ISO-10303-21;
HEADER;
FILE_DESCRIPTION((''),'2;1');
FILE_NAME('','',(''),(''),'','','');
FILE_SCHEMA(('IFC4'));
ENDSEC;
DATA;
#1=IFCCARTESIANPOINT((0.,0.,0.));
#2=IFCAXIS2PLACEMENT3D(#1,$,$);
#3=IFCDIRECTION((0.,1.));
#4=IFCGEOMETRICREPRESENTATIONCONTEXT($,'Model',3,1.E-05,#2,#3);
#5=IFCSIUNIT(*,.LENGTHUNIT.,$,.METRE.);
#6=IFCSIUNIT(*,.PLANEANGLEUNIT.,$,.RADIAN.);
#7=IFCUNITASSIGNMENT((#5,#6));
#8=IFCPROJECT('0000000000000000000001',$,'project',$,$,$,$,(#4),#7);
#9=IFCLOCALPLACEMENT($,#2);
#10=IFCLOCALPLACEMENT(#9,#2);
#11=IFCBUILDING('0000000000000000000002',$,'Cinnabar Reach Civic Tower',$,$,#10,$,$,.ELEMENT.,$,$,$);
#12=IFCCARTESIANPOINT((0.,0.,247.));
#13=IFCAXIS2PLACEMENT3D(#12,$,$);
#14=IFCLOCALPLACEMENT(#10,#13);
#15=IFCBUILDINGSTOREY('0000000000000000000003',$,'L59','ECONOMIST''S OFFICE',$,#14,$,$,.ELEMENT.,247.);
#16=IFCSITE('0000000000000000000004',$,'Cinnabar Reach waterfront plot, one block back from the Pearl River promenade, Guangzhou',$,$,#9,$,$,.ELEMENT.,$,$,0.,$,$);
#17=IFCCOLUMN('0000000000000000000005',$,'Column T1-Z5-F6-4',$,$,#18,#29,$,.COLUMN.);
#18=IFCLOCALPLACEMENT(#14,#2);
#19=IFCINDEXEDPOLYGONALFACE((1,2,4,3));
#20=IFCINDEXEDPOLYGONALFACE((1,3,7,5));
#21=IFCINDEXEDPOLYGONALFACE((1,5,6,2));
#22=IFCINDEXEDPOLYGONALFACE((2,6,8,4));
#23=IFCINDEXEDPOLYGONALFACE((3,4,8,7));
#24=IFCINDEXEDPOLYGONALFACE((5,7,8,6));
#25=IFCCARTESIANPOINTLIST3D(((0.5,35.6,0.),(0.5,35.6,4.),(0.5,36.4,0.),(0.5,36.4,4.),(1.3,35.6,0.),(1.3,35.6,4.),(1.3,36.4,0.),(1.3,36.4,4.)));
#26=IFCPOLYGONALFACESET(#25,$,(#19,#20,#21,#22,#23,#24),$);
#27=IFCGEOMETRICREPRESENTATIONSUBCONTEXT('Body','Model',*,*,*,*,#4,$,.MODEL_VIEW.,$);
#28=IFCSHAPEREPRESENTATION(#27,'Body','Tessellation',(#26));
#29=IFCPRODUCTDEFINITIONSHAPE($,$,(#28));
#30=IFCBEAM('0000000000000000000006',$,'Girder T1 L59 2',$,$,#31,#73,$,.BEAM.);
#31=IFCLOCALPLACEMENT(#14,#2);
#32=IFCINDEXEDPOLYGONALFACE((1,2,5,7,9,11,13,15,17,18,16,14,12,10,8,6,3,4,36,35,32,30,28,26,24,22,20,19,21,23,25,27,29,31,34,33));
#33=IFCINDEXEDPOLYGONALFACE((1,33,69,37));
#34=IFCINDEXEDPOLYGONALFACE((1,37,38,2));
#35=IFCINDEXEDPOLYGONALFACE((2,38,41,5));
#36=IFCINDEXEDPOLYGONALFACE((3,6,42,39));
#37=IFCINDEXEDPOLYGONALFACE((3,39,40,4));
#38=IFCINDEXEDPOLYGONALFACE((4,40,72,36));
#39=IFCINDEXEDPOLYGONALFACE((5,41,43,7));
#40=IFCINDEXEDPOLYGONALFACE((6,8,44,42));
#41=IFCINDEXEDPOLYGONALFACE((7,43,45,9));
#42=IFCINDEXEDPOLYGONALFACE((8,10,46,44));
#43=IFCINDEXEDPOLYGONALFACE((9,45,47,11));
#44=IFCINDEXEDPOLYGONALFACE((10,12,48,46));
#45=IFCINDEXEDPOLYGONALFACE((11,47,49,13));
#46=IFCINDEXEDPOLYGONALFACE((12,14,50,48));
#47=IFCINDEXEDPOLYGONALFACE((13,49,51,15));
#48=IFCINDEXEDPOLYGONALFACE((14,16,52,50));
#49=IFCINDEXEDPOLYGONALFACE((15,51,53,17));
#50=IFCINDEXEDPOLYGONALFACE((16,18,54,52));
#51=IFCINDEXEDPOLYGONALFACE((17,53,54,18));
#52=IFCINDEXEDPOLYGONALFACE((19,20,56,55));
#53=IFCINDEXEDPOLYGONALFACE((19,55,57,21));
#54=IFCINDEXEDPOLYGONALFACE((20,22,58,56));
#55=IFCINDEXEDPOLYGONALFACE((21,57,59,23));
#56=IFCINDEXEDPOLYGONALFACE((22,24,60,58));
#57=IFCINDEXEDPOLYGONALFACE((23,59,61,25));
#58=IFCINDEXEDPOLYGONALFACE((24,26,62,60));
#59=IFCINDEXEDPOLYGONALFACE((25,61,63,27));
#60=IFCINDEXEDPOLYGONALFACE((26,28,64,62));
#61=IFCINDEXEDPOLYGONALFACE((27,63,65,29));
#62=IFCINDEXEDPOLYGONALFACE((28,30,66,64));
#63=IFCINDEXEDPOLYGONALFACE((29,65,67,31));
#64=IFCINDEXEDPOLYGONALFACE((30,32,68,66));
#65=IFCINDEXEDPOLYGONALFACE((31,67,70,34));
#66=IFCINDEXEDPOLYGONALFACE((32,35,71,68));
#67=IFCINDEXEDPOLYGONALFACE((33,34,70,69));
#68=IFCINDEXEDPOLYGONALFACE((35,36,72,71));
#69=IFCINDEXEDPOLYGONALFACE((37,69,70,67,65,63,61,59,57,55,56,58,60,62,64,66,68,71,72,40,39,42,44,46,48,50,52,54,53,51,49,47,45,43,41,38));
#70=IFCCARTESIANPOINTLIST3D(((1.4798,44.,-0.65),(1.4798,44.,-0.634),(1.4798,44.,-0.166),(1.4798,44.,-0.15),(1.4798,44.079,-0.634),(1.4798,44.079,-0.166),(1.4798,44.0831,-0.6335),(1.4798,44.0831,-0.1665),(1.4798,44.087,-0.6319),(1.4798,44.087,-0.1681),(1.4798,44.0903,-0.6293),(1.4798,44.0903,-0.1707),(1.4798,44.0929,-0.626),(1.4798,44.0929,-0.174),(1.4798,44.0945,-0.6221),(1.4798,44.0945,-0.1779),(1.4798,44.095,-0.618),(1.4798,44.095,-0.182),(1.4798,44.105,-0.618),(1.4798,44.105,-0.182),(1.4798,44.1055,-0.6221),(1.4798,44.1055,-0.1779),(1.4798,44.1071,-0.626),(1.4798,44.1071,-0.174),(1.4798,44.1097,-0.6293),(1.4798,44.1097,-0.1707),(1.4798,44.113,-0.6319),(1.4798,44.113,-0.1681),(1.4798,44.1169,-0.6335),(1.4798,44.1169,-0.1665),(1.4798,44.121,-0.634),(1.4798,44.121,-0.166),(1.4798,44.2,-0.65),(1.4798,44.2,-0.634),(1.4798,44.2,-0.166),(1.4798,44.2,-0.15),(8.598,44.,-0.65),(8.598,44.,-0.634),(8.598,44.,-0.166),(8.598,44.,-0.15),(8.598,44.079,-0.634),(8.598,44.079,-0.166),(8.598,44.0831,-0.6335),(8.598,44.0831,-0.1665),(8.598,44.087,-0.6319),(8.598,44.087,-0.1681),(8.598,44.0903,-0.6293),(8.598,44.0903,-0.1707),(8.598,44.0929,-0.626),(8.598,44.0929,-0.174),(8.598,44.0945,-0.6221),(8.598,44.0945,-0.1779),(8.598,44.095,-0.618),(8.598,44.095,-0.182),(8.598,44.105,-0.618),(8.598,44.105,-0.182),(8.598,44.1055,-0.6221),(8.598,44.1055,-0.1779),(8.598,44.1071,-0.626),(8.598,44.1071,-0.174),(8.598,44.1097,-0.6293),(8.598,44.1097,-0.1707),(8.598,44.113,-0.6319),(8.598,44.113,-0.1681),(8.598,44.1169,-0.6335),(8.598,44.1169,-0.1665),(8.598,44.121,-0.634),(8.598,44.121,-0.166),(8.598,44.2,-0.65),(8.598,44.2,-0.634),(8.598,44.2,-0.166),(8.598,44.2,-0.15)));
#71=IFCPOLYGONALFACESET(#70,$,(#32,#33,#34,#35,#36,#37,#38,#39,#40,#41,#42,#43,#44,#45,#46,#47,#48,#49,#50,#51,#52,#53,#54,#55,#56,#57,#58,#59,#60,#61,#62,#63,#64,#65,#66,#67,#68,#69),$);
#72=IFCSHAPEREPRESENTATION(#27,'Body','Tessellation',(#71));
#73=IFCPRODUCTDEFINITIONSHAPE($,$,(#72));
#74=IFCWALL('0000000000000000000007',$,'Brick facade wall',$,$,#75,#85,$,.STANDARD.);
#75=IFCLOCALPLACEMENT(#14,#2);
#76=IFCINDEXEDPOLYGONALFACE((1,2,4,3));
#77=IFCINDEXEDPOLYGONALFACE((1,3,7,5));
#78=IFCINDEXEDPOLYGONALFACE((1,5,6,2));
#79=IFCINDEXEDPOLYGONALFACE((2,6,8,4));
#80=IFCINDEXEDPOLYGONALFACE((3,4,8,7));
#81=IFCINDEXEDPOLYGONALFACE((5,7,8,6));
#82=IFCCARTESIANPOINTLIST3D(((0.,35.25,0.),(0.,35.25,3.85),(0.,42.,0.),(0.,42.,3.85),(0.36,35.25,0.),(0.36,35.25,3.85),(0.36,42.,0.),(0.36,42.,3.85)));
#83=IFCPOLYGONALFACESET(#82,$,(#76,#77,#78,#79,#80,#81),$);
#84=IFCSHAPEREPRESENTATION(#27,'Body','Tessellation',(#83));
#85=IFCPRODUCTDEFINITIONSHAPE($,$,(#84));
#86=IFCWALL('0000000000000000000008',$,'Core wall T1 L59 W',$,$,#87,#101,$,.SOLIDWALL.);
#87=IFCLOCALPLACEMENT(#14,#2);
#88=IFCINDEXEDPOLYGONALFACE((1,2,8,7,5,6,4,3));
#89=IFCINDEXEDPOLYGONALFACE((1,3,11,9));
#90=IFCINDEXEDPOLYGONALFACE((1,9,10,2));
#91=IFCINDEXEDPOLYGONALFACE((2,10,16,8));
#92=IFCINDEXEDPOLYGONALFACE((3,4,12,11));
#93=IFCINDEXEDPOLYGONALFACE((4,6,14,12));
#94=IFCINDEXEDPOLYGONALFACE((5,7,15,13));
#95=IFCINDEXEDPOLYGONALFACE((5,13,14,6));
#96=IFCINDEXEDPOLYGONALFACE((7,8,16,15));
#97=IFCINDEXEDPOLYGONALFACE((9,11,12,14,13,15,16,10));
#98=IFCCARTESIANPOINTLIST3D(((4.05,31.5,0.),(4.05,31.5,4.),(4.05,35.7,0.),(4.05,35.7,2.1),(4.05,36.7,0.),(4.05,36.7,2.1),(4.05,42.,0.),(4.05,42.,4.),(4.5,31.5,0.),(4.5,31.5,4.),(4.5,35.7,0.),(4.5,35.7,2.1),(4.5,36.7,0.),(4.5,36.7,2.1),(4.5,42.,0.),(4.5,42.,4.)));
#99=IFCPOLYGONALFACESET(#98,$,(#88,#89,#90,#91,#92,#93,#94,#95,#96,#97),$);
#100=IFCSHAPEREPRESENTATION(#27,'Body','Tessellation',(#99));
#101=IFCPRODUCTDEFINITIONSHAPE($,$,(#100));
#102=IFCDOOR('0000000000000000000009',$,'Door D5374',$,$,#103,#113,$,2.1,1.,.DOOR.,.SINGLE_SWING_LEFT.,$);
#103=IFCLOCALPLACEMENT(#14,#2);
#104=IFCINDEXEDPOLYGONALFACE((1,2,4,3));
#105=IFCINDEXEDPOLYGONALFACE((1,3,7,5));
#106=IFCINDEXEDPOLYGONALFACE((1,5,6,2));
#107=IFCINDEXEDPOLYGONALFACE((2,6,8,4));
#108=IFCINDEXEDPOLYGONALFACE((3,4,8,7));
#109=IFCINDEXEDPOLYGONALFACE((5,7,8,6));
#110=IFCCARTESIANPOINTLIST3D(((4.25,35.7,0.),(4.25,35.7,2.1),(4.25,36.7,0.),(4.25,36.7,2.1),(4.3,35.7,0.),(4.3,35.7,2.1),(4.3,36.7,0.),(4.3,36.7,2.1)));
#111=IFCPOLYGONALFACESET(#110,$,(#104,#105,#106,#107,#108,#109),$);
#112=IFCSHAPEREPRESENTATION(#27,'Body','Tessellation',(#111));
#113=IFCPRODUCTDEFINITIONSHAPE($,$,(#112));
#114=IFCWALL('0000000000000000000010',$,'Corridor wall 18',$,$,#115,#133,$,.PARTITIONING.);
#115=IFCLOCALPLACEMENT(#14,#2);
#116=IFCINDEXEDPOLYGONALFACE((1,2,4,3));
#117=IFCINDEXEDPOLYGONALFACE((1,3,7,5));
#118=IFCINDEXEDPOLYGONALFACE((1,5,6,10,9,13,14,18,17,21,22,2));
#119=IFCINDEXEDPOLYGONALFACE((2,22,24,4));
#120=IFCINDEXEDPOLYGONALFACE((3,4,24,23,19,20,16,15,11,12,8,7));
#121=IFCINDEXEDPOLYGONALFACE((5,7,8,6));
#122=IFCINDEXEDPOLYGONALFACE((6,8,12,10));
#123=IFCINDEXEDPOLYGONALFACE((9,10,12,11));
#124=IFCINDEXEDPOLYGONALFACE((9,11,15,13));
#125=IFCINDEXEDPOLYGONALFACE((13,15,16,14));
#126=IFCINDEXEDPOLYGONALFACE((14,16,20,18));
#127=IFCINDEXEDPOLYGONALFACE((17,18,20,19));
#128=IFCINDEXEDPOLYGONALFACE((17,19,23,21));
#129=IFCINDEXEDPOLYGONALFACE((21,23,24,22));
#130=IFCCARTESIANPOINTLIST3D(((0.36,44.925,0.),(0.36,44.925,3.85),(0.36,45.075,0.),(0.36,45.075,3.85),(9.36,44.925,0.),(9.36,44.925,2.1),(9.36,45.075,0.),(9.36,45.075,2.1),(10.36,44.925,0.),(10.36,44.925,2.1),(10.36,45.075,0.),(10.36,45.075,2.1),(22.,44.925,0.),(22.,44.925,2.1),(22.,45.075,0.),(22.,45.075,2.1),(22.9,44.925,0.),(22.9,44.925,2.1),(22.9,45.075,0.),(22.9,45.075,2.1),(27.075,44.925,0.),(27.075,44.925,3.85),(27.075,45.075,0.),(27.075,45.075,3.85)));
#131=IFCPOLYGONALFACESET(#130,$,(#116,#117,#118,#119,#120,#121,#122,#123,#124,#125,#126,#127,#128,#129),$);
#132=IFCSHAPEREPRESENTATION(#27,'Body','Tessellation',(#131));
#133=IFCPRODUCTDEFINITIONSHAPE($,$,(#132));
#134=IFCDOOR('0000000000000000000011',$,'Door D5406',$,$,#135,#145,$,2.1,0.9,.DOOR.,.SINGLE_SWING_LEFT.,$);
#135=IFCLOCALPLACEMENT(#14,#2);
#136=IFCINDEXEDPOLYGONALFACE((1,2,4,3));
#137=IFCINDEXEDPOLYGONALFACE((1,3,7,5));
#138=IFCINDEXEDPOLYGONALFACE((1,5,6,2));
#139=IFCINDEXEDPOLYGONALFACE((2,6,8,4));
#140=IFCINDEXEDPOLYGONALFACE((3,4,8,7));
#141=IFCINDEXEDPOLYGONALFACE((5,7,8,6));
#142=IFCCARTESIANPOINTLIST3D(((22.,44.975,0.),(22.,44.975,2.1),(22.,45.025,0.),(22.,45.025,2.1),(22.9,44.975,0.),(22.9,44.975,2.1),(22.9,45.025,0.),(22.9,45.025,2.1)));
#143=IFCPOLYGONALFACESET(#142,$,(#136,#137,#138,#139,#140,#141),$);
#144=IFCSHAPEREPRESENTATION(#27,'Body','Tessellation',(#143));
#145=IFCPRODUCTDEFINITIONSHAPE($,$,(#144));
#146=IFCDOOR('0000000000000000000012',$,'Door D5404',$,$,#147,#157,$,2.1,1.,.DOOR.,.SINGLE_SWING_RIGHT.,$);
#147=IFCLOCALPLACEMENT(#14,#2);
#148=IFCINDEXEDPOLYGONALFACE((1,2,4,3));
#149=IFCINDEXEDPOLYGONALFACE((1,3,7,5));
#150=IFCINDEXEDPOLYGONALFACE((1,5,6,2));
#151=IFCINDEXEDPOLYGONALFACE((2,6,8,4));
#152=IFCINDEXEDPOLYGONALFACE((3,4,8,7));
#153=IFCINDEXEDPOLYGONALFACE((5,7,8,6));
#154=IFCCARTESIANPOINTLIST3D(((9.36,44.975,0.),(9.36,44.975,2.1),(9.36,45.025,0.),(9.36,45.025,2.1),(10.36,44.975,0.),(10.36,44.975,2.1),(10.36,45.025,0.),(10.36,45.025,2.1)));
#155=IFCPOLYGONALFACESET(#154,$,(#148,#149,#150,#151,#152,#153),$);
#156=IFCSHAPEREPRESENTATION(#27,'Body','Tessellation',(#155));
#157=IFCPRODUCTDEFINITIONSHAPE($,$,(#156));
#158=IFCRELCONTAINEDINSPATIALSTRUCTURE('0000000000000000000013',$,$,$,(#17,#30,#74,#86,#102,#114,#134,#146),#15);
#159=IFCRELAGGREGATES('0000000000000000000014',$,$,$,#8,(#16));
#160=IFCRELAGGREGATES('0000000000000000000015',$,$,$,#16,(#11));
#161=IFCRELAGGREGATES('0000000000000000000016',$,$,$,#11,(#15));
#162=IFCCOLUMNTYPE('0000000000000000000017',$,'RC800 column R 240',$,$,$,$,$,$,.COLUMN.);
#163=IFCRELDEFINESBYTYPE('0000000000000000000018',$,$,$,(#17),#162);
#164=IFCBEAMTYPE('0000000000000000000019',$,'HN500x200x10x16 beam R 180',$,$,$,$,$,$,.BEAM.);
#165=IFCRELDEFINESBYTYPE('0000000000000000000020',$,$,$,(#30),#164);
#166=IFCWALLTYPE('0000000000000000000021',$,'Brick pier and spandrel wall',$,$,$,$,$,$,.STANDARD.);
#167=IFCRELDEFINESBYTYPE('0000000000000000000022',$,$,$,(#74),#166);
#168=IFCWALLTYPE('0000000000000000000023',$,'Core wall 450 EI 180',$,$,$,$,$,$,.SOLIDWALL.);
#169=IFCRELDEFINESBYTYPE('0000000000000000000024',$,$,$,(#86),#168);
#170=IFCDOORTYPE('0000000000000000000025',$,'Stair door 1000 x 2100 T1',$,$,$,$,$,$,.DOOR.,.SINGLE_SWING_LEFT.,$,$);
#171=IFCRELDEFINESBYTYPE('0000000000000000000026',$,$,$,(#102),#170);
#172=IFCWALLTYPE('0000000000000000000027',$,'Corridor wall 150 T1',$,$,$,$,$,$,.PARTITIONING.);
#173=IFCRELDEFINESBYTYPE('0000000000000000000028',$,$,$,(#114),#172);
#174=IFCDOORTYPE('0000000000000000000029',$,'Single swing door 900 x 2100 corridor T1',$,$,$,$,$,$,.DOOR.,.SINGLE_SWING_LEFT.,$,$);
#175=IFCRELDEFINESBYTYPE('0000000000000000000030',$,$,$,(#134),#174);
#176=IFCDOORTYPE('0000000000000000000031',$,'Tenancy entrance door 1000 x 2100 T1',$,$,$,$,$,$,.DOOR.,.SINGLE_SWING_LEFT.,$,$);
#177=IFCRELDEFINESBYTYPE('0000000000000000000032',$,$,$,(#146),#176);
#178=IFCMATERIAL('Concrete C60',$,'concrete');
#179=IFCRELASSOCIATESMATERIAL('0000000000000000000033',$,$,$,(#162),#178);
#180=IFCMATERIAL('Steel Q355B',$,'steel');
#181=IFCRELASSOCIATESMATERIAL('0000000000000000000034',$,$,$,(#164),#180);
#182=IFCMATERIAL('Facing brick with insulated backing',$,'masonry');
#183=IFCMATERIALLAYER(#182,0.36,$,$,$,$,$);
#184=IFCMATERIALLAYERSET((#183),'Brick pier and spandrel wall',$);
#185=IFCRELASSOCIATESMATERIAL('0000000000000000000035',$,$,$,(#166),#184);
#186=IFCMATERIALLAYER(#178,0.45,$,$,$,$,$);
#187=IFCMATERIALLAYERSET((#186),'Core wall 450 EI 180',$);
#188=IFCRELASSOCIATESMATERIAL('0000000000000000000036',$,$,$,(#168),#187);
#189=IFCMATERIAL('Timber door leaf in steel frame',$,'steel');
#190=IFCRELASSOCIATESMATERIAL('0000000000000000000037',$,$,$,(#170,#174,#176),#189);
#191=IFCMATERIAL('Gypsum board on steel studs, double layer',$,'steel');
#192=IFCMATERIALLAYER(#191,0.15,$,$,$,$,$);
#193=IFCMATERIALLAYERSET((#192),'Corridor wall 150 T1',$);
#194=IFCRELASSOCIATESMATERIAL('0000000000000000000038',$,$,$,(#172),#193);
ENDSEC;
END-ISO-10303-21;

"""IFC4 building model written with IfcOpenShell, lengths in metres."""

from ifc_helpers import new_model, si_unit, direction, frame, frame_2d, origin, origin_2d, place, context, subcontext, project, spatial, rectangle, i_section, extrude, material, layer, layer_set, material_profile, profile_set, type_object, element, fill, save


model = new_model("IFC4")

# Units and contexts
model_context = context("Model", 3, precision=1e-05, world=origin(), true_north=direction((0.0, 1.0)))
body_context = subcontext(model_context, "Body", "Model", "MODEL_VIEW")
ifc_project = project(units=[si_unit("LENGTHUNIT", "METRE"), si_unit("PLANEANGLEUNIT", "RADIAN")], contexts=[model_context])

# Site, building, storey
site_placement = place(None, origin())
site = spatial("IfcSite", under=ifc_project, at=site_placement, Name="Cinnabar Reach waterfront plot, one block back from the Pearl River promenade, Guangzhou", CompositionType="ELEMENT", RefElevation=0.0)
building_placement = place(site_placement, origin())
building = spatial("IfcBuilding", under=site, at=building_placement, Name="Cinnabar Reach Civic Tower", CompositionType="ELEMENT")
storey_placement = place(building_placement, frame((0.0, 0.0, 247.0)))
storey = spatial("IfcBuildingStorey", under=building, at=storey_placement, Name="L59", Description="ECONOMIST'S OFFICE", CompositionType="ELEMENT", Elevation=247.0)

# Column
ifc_material_1 = material(Name="Concrete C60", Category="concrete")
ifc_material_profile_1 = material_profile(ifc_material_1, rectangle(XDim=0.8, YDim=0.8, at=origin_2d()), Name="RC800")
ifc_profile_set_1 = profile_set([ifc_material_profile_1], Name="Concrete C60")
column_type = type_object("IfcColumnType", Name="RC800 column R 240", PredefinedType="COLUMN", material=ifc_profile_set_1)
column_placement = place(storey_placement, frame((0.9, 36.0, 0.0), z_axis=(0.0, 0.0, 1.0), x_axis=(1.0, 0.0, 0.0)))
element("IfcColumn", 1, at=column_placement, inside=storey, type_object=column_type, Name="Column T1-Z5-F6-4", PredefinedType="COLUMN", context=body_context, shape_type="SweptSolid", body=[
    extrude(rectangle(XDim=0.8, YDim=0.8, at=origin_2d()), origin(), (0.0, 0.0, 1.0), 4.0),
])

# Beam
ifc_material_2 = material(Name="Steel Q355B", Category="steel")
ifc_material_profile_2 = material_profile(ifc_material_2, i_section(OverallWidth=0.2, OverallDepth=0.5, WebThickness=0.01, FlangeThickness=0.016, FilletRadius=0.016, at=origin_2d()), Name="HN500x200x10x16")
ifc_profile_set_2 = profile_set([ifc_material_profile_2], Name="Steel Q355B")
beam_type = type_object("IfcBeamType", Name="HN500x200x10x16 beam R 180", PredefinedType="BEAM", material=ifc_profile_set_2)
beam_placement = place(storey_placement, frame((1.4798, 44.1, -0.4), z_axis=(1.0, 0.0, 0.0), x_axis=(0.0, 1.0, 0.0)))
element("IfcBeam", 2, at=beam_placement, inside=storey, type_object=beam_type, Name="Girder T1 L59 2", PredefinedType="BEAM", context=body_context, shape_type="SweptSolid", body=[
    extrude(i_section(OverallWidth=0.2, OverallDepth=0.5, WebThickness=0.01, FlangeThickness=0.016, FilletRadius=0.016, at=origin_2d()), origin(), (0.0, 0.0, 1.0), 7.1182),
])

# Wall
ifc_material_3 = material(Name="Facing brick with insulated backing", Category="masonry")
ifc_layer_1 = layer(ifc_material_3, 0.36)
ifc_layer_set_1 = layer_set([ifc_layer_1], Name="Brick pier and spandrel wall")
wall_type_1 = type_object("IfcWallType", Name="Brick pier and spandrel wall", PredefinedType="STANDARD", material=ifc_layer_set_1)
wall_1_placement = place(storey_placement, frame((0.18, 42.0, 0.0), z_axis=(0.0, 0.0, 1.0), x_axis=(0.0, -1.0, 0.0)))
element("IfcWall", 3, at=wall_1_placement, inside=storey, type_object=wall_type_1, Name="Brick facade wall", PredefinedType="STANDARD", context=body_context, shape_type="SweptSolid", body=[
    extrude(rectangle(XDim=6.75, YDim=0.36, at=frame_2d((3.375, 0.0))), origin(), (0.0, 0.0, 1.0), 3.85),
])

# Wall, opening, door
ifc_layer_2 = layer(ifc_material_1, 0.45)
ifc_layer_set_2 = layer_set([ifc_layer_2], Name="Core wall 450 EI 180")
wall_type_2 = type_object("IfcWallType", Name="Core wall 450 EI 180", PredefinedType="SOLIDWALL", material=ifc_layer_set_2)
wall_2_placement = place(storey_placement, frame((4.275, 42.0, 0.0), z_axis=(0.0, 0.0, 1.0), x_axis=(0.0, -1.0, 0.0)))
wall_2 = element("IfcWall", 4, at=wall_2_placement, inside=storey, type_object=wall_type_2, Name="Core wall T1 L59 W", PredefinedType="SOLIDWALL", context=body_context, shape_type="SweptSolid", body=[
    extrude(rectangle(XDim=10.5, YDim=0.45, at=frame_2d((5.25, 0.0))), origin(), (0.0, 0.0, 1.0), 4.0),
])
opening_1_placement = place(wall_2_placement, frame((5.3, 0.0, 0.0)))
opening_1 = element("IfcOpeningElement", 5, at=opening_1_placement, cuts=wall_2, PredefinedType="OPENING", context=body_context, shape_type="SweptSolid", body=[
    extrude(rectangle(XDim=1.0, YDim=2.1, at=frame_2d((0.5, 1.05))), frame((0.0, 0.235, 0.0), z_axis=(0.0, -1.0, 0.0), x_axis=(1.0, 0.0, 0.0)), (0.0, 0.0, 1.0), 0.47),
])
ifc_material_4 = material(Name="Timber door leaf in steel frame", Category="steel")
door_type_1 = type_object("IfcDoorType", Name="Stair door 1000 x 2100 T1", OperationType="SINGLE_SWING_LEFT", PredefinedType="DOOR", material=ifc_material_4)
door_1_placement = place(opening_1_placement, frame((1.0, 0.0, 0.0), z_axis=(0.0, 0.0, 1.0), x_axis=(-1.0, 0.0, 0.0)))
door_1 = element("IfcDoor", 6, at=door_1_placement, inside=storey, type_object=door_type_1, Name="Door D5374", OperationType="SINGLE_SWING_LEFT", OverallHeight=2.1, OverallWidth=1.0, PredefinedType="DOOR", context=body_context, shape_type="SweptSolid", body=[
    extrude(rectangle(XDim=1.0, YDim=2.1, at=frame_2d((0.5, 1.05))), frame((0.0, 0.025, 0.0), z_axis=(0.0, -1.0, 0.0), x_axis=(1.0, 0.0, 0.0)), (0.0, 0.0, 1.0), 0.05),
])
fill(opening_1, door_1)

# Wall, openings, doors
ifc_material_5 = material(Name="Gypsum board on steel studs, double layer", Category="steel")
ifc_layer_3 = layer(ifc_material_5, 0.15)
ifc_layer_set_3 = layer_set([ifc_layer_3], Name="Corridor wall 150 T1")
wall_type_3 = type_object("IfcWallType", Name="Corridor wall 150 T1", PredefinedType="PARTITIONING", material=ifc_layer_set_3)
wall_3_placement = place(storey_placement, frame((0.36, 45.0, 0.0), z_axis=(0.0, 0.0, 1.0), x_axis=(1.0, 0.0, 0.0)))
wall_3 = element("IfcWall", 7, at=wall_3_placement, inside=storey, type_object=wall_type_3, Name="Corridor wall 18", PredefinedType="PARTITIONING", context=body_context, shape_type="SweptSolid", body=[
    extrude(rectangle(XDim=26.715, YDim=0.15, at=frame_2d((13.3575, 0.0))), origin(), (0.0, 0.0, 1.0), 3.85),
])
opening_2_placement = place(wall_3_placement, frame((9.0, 0.0, 0.0)))
opening_2 = element("IfcOpeningElement", 8, at=opening_2_placement, cuts=wall_3, PredefinedType="OPENING", context=body_context, shape_type="SweptSolid", body=[
    extrude(rectangle(XDim=1.0, YDim=2.1, at=frame_2d((0.5, 1.05))), frame((0.0, 0.085, 0.0), z_axis=(0.0, -1.0, 0.0), x_axis=(1.0, 0.0, 0.0)), (0.0, 0.0, 1.0), 0.17),
])
opening_3_placement = place(wall_3_placement, frame((21.64, 0.0, 0.0)))
opening_3 = element("IfcOpeningElement", 9, at=opening_3_placement, cuts=wall_3, PredefinedType="OPENING", context=body_context, shape_type="SweptSolid", body=[
    extrude(rectangle(XDim=0.9, YDim=2.1, at=frame_2d((0.45, 1.05))), frame((0.0, 0.085, 0.0), z_axis=(0.0, -1.0, 0.0), x_axis=(1.0, 0.0, 0.0)), (0.0, 0.0, 1.0), 0.17),
])
door_type_2 = type_object("IfcDoorType", Name="Single swing door 900 x 2100 corridor T1", OperationType="SINGLE_SWING_LEFT", PredefinedType="DOOR", material=ifc_material_4)
door_2_placement = place(opening_3_placement, origin())
door_2 = element("IfcDoor", 10, at=door_2_placement, inside=storey, type_object=door_type_2, Name="Door D5406", OperationType="SINGLE_SWING_LEFT", OverallHeight=2.1, OverallWidth=0.9, PredefinedType="DOOR", context=body_context, shape_type="SweptSolid", body=[
    extrude(rectangle(XDim=0.9, YDim=2.1, at=frame_2d((0.45, 1.05))), frame((0.0, 0.025, 0.0), z_axis=(0.0, -1.0, 0.0), x_axis=(1.0, 0.0, 0.0)), (0.0, 0.0, 1.0), 0.05),
])
fill(opening_3, door_2)
door_type_3 = type_object("IfcDoorType", Name="Tenancy entrance door 1000 x 2100 T1", OperationType="SINGLE_SWING_LEFT", PredefinedType="DOOR", material=ifc_material_4)
door_3_placement = place(opening_2_placement, origin())
door_3 = element("IfcDoor", 11, at=door_3_placement, inside=storey, type_object=door_type_3, Name="Door D5404", OperationType="SINGLE_SWING_RIGHT", OverallHeight=2.1, OverallWidth=1.0, PredefinedType="DOOR", context=body_context, shape_type="SweptSolid", body=[
    extrude(rectangle(XDim=1.0, YDim=2.1, at=frame_2d((0.5, 1.05))), frame((0.0, 0.025, 0.0), z_axis=(0.0, -1.0, 0.0), x_axis=(1.0, 0.0, 0.0)), (0.0, 0.0, 1.0), 0.05),
])
fill(opening_2, door_3)

save(model, "model.ifc")
